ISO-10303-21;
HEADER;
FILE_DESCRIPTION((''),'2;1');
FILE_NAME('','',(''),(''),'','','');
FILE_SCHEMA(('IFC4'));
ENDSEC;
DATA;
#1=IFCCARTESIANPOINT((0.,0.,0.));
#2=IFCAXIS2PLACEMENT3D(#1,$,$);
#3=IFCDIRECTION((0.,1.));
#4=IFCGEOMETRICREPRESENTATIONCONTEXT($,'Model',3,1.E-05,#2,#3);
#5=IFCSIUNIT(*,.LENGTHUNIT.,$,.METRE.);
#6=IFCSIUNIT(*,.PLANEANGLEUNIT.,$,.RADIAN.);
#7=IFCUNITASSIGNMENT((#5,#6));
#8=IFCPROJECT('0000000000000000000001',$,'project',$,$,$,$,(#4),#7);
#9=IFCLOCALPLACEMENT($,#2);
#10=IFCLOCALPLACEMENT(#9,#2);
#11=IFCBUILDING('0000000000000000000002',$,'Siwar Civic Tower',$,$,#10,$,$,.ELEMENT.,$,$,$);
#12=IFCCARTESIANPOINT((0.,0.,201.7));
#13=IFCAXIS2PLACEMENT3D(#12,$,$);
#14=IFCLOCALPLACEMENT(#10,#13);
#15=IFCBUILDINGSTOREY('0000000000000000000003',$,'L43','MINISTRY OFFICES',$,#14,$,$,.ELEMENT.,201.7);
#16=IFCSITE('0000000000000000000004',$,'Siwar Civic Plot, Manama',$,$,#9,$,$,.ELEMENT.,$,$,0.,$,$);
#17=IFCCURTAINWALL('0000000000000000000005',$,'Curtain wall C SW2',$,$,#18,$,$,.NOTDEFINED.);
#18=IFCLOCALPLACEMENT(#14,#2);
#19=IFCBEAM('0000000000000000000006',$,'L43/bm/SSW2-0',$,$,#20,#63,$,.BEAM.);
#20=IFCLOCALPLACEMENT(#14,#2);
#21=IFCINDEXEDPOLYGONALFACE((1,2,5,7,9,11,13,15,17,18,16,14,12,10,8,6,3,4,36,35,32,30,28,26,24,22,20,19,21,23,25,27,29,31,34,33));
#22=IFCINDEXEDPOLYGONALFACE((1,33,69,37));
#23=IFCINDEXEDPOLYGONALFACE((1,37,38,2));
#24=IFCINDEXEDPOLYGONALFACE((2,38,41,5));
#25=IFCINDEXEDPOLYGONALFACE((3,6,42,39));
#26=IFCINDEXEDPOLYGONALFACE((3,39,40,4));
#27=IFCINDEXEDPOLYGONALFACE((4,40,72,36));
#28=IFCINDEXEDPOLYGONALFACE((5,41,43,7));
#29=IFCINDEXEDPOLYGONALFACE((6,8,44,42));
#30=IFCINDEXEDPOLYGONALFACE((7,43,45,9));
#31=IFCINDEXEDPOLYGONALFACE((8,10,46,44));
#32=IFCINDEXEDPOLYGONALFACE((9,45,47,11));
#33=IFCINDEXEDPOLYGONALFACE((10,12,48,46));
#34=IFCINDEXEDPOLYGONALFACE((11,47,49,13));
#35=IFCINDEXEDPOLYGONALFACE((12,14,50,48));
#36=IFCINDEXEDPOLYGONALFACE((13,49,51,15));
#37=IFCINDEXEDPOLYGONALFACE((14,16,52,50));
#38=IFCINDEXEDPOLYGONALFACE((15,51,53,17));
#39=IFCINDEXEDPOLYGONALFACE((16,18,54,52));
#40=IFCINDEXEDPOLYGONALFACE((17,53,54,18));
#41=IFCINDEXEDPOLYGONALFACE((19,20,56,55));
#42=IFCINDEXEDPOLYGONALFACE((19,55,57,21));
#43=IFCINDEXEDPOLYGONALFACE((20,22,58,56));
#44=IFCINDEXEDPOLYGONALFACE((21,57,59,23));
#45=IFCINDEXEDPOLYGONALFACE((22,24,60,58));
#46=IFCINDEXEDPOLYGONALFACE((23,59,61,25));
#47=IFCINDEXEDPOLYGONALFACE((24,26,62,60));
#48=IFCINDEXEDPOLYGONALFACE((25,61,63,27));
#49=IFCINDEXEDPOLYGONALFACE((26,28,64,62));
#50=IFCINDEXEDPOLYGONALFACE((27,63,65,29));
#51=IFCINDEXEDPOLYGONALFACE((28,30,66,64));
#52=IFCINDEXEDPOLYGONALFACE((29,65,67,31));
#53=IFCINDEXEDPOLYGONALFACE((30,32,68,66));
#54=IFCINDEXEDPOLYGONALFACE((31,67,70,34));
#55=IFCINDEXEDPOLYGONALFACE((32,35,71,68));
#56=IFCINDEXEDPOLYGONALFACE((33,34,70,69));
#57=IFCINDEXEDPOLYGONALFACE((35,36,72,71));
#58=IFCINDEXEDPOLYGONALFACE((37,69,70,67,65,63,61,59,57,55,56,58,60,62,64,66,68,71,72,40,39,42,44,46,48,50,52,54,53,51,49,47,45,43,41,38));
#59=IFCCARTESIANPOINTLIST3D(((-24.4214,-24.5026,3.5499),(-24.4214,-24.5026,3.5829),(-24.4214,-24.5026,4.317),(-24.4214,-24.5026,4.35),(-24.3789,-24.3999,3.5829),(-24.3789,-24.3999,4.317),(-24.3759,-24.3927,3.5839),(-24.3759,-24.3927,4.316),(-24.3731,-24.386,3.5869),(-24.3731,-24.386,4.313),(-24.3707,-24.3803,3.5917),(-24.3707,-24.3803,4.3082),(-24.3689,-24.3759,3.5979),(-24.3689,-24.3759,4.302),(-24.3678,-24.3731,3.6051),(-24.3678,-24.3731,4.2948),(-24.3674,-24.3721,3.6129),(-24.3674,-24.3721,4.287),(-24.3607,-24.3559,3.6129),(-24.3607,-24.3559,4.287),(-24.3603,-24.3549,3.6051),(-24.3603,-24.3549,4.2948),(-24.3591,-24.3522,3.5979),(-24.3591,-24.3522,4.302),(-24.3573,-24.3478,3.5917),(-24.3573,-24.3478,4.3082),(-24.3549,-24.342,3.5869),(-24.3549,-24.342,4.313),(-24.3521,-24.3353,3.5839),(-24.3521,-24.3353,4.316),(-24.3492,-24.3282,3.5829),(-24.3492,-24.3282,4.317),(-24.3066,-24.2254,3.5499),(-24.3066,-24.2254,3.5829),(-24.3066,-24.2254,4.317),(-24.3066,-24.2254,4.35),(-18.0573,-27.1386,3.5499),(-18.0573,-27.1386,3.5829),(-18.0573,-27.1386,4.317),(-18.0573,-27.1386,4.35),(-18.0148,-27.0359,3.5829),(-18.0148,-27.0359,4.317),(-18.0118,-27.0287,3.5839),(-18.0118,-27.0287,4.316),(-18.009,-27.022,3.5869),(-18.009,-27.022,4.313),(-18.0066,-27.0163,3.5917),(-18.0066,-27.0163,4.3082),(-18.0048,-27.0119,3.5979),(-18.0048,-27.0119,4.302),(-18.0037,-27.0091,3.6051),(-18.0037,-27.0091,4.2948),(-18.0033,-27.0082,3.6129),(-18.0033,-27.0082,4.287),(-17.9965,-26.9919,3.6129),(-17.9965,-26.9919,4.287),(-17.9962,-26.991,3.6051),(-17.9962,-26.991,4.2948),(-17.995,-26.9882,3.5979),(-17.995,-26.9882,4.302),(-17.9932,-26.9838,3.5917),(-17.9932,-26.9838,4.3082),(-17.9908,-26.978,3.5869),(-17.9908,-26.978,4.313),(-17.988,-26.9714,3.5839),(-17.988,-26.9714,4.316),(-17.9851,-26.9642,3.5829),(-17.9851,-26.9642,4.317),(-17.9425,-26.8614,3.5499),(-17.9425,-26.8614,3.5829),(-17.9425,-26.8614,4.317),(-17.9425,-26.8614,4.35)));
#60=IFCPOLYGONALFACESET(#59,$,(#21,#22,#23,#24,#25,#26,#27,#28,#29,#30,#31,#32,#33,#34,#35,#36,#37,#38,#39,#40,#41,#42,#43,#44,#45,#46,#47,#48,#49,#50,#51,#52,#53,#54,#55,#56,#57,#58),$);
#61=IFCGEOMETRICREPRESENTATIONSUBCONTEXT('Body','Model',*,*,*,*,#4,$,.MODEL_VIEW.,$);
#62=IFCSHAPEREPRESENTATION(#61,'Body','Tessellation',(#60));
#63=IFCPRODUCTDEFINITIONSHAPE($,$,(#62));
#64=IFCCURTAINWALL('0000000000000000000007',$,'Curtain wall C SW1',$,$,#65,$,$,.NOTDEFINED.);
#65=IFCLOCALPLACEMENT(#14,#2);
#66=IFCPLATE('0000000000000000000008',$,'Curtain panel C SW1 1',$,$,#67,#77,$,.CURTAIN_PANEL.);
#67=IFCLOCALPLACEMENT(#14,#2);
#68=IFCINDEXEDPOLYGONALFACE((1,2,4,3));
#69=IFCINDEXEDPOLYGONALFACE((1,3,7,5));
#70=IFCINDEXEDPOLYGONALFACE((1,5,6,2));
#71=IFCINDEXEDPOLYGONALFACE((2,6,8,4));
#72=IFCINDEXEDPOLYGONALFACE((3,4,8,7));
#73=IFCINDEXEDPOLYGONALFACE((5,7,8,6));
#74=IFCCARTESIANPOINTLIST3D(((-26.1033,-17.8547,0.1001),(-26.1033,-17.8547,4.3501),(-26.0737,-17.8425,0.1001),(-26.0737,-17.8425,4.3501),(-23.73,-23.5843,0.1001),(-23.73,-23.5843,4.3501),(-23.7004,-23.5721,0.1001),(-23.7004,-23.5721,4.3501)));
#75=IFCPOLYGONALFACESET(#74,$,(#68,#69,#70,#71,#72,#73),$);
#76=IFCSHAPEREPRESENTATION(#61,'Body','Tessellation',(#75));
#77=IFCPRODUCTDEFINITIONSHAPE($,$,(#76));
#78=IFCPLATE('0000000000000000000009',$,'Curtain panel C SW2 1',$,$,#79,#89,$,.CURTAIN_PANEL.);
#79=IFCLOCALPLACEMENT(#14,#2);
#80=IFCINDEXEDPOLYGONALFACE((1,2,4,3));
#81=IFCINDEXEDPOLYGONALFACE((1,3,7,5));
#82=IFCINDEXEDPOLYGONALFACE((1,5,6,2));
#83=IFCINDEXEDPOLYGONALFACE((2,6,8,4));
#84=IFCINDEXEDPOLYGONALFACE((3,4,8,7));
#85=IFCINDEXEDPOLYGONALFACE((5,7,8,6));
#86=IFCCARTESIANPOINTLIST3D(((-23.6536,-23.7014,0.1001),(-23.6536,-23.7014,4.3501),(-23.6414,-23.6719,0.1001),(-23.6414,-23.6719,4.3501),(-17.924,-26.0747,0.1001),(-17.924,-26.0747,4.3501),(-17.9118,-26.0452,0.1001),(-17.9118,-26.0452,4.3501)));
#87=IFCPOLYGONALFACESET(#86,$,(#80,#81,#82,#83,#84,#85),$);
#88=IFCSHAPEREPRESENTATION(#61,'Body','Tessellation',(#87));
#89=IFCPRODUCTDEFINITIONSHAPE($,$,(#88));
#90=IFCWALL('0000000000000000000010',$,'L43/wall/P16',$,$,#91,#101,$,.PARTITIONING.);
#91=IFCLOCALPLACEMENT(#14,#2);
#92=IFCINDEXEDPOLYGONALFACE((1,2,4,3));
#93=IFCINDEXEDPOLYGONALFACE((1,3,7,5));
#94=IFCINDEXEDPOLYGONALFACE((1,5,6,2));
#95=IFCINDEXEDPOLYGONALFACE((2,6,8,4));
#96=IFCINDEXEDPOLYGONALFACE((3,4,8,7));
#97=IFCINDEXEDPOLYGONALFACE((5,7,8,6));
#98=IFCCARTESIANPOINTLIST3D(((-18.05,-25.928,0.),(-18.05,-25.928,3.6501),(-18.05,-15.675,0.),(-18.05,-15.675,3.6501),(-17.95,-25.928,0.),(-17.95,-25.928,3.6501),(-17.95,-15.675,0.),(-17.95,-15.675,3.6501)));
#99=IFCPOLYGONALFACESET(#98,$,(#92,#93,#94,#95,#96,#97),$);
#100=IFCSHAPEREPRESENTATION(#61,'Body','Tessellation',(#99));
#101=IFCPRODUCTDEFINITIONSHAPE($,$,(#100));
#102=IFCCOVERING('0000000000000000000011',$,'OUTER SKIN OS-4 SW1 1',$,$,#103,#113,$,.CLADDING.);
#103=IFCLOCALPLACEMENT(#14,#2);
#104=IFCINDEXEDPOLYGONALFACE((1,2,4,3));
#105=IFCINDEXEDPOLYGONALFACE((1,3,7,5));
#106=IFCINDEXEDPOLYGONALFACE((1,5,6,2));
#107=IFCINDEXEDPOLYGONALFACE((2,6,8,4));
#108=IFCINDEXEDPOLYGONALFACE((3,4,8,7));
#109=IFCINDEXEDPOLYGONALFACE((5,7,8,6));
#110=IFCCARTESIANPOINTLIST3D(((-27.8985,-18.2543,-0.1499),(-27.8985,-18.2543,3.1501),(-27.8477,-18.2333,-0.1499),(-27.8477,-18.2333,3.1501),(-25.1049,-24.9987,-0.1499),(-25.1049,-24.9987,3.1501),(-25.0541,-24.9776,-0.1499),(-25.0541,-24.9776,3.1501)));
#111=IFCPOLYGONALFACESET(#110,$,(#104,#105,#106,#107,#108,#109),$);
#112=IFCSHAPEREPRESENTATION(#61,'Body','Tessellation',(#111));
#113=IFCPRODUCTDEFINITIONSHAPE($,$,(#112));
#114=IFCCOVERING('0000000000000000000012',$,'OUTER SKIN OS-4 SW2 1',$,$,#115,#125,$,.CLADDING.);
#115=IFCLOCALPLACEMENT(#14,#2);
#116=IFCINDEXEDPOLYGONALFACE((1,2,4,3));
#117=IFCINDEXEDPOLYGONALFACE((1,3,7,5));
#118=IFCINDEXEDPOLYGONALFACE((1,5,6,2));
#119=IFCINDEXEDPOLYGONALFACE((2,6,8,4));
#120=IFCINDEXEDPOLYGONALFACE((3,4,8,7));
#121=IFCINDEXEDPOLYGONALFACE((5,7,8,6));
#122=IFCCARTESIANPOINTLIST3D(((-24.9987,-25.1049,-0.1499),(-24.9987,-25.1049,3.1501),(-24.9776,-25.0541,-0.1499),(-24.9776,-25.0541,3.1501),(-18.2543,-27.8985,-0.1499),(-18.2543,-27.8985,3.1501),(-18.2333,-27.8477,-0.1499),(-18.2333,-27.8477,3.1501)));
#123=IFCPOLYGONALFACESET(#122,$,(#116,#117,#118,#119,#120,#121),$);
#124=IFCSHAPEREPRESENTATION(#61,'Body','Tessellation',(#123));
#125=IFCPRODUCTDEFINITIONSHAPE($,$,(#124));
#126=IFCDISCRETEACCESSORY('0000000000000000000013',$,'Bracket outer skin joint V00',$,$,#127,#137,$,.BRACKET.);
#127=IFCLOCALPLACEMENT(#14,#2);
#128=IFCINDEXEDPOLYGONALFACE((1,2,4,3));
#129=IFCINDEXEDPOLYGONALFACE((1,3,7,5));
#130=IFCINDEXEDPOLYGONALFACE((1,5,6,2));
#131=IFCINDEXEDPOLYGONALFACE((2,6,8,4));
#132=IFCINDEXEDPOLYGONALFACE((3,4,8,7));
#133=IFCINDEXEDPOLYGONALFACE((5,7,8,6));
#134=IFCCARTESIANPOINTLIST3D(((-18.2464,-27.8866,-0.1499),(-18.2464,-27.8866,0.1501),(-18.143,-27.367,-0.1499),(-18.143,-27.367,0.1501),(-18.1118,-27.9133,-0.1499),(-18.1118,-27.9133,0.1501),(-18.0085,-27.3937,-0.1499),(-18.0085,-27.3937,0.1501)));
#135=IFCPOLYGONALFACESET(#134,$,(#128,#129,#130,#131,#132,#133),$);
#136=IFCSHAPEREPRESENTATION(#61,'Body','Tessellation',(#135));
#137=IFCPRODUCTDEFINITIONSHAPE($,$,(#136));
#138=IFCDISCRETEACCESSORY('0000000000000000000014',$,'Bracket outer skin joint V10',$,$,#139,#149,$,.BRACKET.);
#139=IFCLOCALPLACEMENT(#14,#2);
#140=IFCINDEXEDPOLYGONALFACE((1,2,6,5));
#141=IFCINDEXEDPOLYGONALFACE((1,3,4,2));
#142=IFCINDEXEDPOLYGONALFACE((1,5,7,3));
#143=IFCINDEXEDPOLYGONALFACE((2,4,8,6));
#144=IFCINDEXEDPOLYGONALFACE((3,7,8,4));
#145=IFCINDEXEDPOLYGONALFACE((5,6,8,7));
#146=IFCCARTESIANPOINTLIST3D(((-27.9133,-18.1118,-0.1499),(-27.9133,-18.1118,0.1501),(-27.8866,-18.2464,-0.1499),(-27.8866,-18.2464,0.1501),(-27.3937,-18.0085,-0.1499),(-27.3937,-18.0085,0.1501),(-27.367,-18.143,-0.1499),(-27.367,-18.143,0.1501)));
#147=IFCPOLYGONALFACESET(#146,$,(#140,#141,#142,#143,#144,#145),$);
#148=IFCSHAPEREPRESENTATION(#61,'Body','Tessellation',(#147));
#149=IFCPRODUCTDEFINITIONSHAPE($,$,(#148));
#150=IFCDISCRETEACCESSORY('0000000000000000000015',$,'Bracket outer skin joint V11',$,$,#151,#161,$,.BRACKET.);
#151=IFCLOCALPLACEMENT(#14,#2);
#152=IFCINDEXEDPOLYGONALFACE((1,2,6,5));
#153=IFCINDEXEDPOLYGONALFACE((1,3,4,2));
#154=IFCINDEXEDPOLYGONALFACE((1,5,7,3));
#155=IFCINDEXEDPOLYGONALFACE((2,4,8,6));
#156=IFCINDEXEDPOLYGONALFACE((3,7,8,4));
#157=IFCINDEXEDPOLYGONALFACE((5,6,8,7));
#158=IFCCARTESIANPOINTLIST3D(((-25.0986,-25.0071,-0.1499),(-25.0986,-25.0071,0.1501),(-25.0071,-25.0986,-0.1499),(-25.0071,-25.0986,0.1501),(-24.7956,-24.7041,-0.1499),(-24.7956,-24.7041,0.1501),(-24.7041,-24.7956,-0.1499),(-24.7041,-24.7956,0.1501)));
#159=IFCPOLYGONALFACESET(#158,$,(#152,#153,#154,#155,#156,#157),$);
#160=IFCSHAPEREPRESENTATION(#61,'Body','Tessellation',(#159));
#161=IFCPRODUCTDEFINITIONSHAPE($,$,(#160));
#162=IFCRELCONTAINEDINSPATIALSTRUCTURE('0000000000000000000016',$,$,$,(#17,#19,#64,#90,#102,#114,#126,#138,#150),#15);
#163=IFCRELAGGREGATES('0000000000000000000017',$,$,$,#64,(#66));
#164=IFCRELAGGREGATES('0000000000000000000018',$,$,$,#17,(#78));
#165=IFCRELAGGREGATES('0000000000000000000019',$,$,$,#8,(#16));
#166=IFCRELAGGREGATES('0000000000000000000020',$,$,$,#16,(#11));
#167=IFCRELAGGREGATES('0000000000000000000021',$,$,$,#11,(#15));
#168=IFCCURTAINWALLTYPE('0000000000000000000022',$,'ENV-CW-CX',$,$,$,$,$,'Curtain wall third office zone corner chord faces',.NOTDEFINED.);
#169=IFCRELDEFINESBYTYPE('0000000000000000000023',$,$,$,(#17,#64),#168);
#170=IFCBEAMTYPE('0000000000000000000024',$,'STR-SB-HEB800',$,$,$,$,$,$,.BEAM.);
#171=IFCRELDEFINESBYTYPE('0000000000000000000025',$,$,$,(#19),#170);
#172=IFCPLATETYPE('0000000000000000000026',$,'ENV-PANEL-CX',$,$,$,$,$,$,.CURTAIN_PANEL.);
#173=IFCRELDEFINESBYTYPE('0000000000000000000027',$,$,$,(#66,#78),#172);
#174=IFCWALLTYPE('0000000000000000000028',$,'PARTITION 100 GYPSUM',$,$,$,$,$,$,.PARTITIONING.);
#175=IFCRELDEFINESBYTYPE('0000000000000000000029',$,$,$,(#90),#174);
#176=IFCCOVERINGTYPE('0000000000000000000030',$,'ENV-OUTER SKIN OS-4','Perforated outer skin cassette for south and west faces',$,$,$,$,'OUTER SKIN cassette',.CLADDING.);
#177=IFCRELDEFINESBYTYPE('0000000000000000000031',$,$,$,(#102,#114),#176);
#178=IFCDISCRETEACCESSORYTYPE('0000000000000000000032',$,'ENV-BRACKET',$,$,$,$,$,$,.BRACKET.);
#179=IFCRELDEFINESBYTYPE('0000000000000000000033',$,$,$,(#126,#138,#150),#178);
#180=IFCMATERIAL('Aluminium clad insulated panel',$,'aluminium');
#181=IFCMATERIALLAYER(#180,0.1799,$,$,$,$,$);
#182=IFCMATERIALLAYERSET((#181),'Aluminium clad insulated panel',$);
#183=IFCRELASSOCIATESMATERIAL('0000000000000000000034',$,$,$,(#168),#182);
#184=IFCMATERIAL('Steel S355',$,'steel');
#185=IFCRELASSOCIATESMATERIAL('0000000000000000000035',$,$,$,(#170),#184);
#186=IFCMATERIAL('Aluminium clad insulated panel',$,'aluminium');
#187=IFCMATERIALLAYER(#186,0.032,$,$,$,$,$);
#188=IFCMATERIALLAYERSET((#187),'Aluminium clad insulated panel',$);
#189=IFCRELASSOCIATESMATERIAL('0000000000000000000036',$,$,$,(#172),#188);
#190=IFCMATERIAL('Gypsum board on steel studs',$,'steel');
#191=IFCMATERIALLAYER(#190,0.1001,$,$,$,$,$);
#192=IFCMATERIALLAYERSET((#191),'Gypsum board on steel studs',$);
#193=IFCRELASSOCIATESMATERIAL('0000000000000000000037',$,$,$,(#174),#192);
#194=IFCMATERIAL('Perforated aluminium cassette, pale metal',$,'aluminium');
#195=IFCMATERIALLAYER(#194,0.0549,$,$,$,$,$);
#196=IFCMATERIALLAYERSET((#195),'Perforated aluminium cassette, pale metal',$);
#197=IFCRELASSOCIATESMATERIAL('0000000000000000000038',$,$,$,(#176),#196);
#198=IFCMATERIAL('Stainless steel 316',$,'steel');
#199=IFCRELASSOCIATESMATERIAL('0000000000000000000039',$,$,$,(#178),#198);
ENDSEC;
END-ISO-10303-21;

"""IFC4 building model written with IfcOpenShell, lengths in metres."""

from ifc_helpers import new_model, si_unit, direction, frame, frame_2d, origin, origin_2d, place, context, subcontext, project, spatial, rectangle, i_section, extrude, material, layer, layer_set, material_profile, profile_set, type_object, element, aggregate, save


model = new_model("IFC4")

# Units and contexts
model_context = context("Model", 3, precision=1e-05, world=origin(), true_north=direction((0.0, 1.0)))
body_context = subcontext(model_context, "Body", "Model", "MODEL_VIEW")
ifc_project = project(units=[si_unit("LENGTHUNIT", "METRE"), si_unit("PLANEANGLEUNIT", "RADIAN")], contexts=[model_context])

# Site, building, storey
site_placement = place(None, origin())
site = spatial("IfcSite", under=ifc_project, at=site_placement, Name="Siwar Civic Plot, Manama", CompositionType="ELEMENT", RefElevation=0.0)
building_placement = place(site_placement, origin())
building = spatial("IfcBuilding", under=site, at=building_placement, Name="Siwar Civic Tower", CompositionType="ELEMENT")
storey_placement = place(building_placement, frame((0.0, 0.0, 201.7)))
storey = spatial("IfcBuildingStorey", under=building, at=storey_placement, Name="L43", Description="MINISTRY OFFICES", CompositionType="ELEMENT", Elevation=201.7)

# Curtain wall
ifc_material_1 = material(Name="Aluminium clad insulated panel", Category="aluminium")
ifc_layer_1 = layer(ifc_material_1, 0.1799)
ifc_layer_set_1 = layer_set([ifc_layer_1], Name="Aluminium clad insulated panel")
curtain_wall_type = type_object("IfcCurtainWallType", Name="ENV-CW-CX", ElementType="Curtain wall third office zone corner chord faces", PredefinedType="NOTDEFINED", material=ifc_layer_set_1)
curtain_wall_1_placement = place(storey_placement, origin())
curtain_wall_1 = element("IfcCurtainWall", 1, at=curtain_wall_1_placement, inside=storey, type_object=curtain_wall_type, Name="Curtain wall C SW2", PredefinedType="NOTDEFINED")

# Beam
ifc_material_2 = material(Name="Steel S355", Category="steel")
ifc_material_profile_1 = material_profile(ifc_material_2, i_section(OverallWidth=0.3, OverallDepth=0.8, WebThickness=0.0176, FlangeThickness=0.033, FilletRadius=0.03, at=origin_2d()), Name="HEB800")
ifc_profile_set_1 = profile_set([ifc_material_profile_1], Name="Steel S355")
beam_type_1 = type_object("IfcBeamType", Name="STR-SB-HEB800", PredefinedType="BEAM", material=ifc_profile_set_1)
for number, where, z_axis, x_axis, name in (
    (2, (-24.364, -24.364, 3.95), (0.923883, -0.382674, 0.0), (0.382674, 0.923883, 0.0), "L43/bm/SSW2-0"),
):
    element("IfcBeam", number, at=place(storey_placement, frame(where, z_axis=z_axis, x_axis=x_axis)), inside=storey, type_object=beam_type_1, Name=name, PredefinedType="BEAM", context=body_context, shape_type="SweptSolid", body=[
        extrude(i_section(OverallWidth=0.3, OverallDepth=0.8, WebThickness=0.0176, FlangeThickness=0.033, FilletRadius=0.03, at=origin_2d()), origin(), (0.0, 0.0, 1.0), 6.8884),
    ])

# Curtain wall, plate
curtain_wall_2_placement = place(storey_placement, origin())
curtain_wall_2 = element("IfcCurtainWall", 3, at=curtain_wall_2_placement, inside=storey, type_object=curtain_wall_type, Name="Curtain wall C SW1", PredefinedType="NOTDEFINED")
ifc_material_3 = material(Name="Aluminium clad insulated panel", Category="aluminium")
ifc_layer_2 = layer(ifc_material_3, 0.032)
ifc_layer_set_2 = layer_set([ifc_layer_2], Name="Aluminium clad insulated panel")
plate_type = type_object("IfcPlateType", Name="ENV-PANEL-CX", PredefinedType="CURTAIN_PANEL", material=ifc_layer_set_2)
plate_1_placement = place(storey_placement, frame((-24.9019, -20.7134, 0.1001), z_axis=(0.0, 0.0, 1.0), x_axis=(0.382683, -0.92388, 0.0)))
plate_1 = element("IfcPlate", 4, at=plate_1_placement, type_object=plate_type, Name="Curtain panel C SW1 1", PredefinedType="CURTAIN_PANEL", context=body_context, shape_type="SweptSolid", body=[
    extrude(rectangle(XDim=6.2017, YDim=0.032, at=origin_2d()), origin(), (0.0, 0.0, 1.0), 4.25),
])
aggregate(curtain_wall_2, [plate_1])

# Plate
plate_2_placement = place(storey_placement, frame((-20.7827, -24.8733, 0.1001), z_axis=(0.0, 0.0, 1.0), x_axis=(0.92388, -0.382683, 0.0)))
plate_2 = element("IfcPlate", 5, at=plate_2_placement, type_object=plate_type, Name="Curtain panel C SW2 1", PredefinedType="CURTAIN_PANEL", context=body_context, shape_type="SweptSolid", body=[
    extrude(rectangle(XDim=6.2017, YDim=0.032, at=origin_2d()), origin(), (0.0, 0.0, 1.0), 4.25),
])
aggregate(curtain_wall_1, [plate_2])

# Wall
ifc_material_4 = material(Name="Gypsum board on steel studs", Category="steel")
ifc_layer_3 = layer(ifc_material_4, 0.1001)
ifc_layer_set_3 = layer_set([ifc_layer_3], Name="Gypsum board on steel studs")
wall_type = type_object("IfcWallType", Name="PARTITION 100 GYPSUM", PredefinedType="PARTITIONING", material=ifc_layer_set_3)
wall_placement = place(storey_placement, frame((-18.0, -25.928, 0.0), z_axis=(0.0, 0.0, 1.0), x_axis=(0.0, 1.0, 0.0)))
element("IfcWall", 6, at=wall_placement, inside=storey, type_object=wall_type, Name="L43/wall/P16", PredefinedType="PARTITIONING", context=body_context, shape_type="SweptSolid", body=[
    extrude(rectangle(XDim=10.2529, YDim=0.1001, at=frame_2d((5.1265, 0.0))), origin(), (0.0, 0.0, 1.0), 3.6501),
])

# Coverings
ifc_material_5 = material(Name="Perforated aluminium cassette, pale metal", Category="aluminium")
ifc_layer_4 = layer(ifc_material_5, 0.0549)
ifc_layer_set_4 = layer_set([ifc_layer_4], Name="Perforated aluminium cassette, pale metal")
covering_type = type_object("IfcCoveringType", Name="ENV-OUTER SKIN OS-4", Description="Perforated outer skin cassette for south and west faces", ElementType="OUTER SKIN cassette", PredefinedType="CLADDING", material=ifc_layer_set_4)
for number, where, z_axis, x_axis, name in (
    (7, (-26.4763, -21.616, -0.1499), (0.0, 0.0, 1.0), (0.382683, -0.92388, 0.0), "OUTER SKIN OS-4 SW1 1"),
    (8, (-21.616, -26.4763, -0.1499), (0.0, 0.0, 1.0), (0.92388, -0.382683, 0.0), "OUTER SKIN OS-4 SW2 1"),
):
    element("IfcCovering", number, at=place(storey_placement, frame(where, z_axis=z_axis, x_axis=x_axis)), inside=storey, type_object=covering_type, Name=name, PredefinedType="CLADDING", context=body_context, shape_type="SweptSolid", body=[
        extrude(rectangle(XDim=7.3, YDim=0.0549, at=origin_2d()), origin(), (0.0, 0.0, 1.0), 3.3),
    ])

# Discrete accessories
ifc_material_6 = material(Name="Stainless steel 316", Category="steel")
discrete_accessory_type = type_object("IfcDiscreteAccessoryType", Name="ENV-BRACKET", PredefinedType="BRACKET", material=ifc_material_6)
for number, where, z_axis, x_axis, name in (
    (9, (-18.1274, -27.6401, -0.1499), (0.0, 0.0, 1.0), (-0.19509, -0.980785, 0.0), "Bracket outer skin joint V00"),
    (10, (-27.6401, -18.1274, -0.1499), (0.0, 0.0, 1.0), (-0.980785, -0.19509, 0.0), "Bracket outer skin joint V10"),
):
    element("IfcDiscreteAccessory", number, at=place(storey_placement, frame(where, z_axis=z_axis, x_axis=x_axis)), inside=storey, type_object=discrete_accessory_type, Name=name, PredefinedType="BRACKET", context=body_context, shape_type="SweptSolid", body=[
        extrude(rectangle(XDim=0.5298, YDim=0.1372, at=origin_2d()), origin(), (0.0, 0.0, 1.0), 0.3),
    ])
discrete_accessory_placement = place(storey_placement, frame((-24.9014, -24.9014, -0.1499), z_axis=(0.0, 0.0, 1.0), x_axis=(-0.707107, -0.707107, 0.0)))
element("IfcDiscreteAccessory", 11, at=discrete_accessory_placement, inside=storey, type_object=discrete_accessory_type, Name="Bracket outer skin joint V11", PredefinedType="BRACKET", context=body_context, shape_type="SweptSolid", body=[
    extrude(rectangle(XDim=0.4285, YDim=0.1294, at=origin_2d()), origin(), (0.0, 0.0, 1.0), 0.3),
])

save(model, "model.ifc")
